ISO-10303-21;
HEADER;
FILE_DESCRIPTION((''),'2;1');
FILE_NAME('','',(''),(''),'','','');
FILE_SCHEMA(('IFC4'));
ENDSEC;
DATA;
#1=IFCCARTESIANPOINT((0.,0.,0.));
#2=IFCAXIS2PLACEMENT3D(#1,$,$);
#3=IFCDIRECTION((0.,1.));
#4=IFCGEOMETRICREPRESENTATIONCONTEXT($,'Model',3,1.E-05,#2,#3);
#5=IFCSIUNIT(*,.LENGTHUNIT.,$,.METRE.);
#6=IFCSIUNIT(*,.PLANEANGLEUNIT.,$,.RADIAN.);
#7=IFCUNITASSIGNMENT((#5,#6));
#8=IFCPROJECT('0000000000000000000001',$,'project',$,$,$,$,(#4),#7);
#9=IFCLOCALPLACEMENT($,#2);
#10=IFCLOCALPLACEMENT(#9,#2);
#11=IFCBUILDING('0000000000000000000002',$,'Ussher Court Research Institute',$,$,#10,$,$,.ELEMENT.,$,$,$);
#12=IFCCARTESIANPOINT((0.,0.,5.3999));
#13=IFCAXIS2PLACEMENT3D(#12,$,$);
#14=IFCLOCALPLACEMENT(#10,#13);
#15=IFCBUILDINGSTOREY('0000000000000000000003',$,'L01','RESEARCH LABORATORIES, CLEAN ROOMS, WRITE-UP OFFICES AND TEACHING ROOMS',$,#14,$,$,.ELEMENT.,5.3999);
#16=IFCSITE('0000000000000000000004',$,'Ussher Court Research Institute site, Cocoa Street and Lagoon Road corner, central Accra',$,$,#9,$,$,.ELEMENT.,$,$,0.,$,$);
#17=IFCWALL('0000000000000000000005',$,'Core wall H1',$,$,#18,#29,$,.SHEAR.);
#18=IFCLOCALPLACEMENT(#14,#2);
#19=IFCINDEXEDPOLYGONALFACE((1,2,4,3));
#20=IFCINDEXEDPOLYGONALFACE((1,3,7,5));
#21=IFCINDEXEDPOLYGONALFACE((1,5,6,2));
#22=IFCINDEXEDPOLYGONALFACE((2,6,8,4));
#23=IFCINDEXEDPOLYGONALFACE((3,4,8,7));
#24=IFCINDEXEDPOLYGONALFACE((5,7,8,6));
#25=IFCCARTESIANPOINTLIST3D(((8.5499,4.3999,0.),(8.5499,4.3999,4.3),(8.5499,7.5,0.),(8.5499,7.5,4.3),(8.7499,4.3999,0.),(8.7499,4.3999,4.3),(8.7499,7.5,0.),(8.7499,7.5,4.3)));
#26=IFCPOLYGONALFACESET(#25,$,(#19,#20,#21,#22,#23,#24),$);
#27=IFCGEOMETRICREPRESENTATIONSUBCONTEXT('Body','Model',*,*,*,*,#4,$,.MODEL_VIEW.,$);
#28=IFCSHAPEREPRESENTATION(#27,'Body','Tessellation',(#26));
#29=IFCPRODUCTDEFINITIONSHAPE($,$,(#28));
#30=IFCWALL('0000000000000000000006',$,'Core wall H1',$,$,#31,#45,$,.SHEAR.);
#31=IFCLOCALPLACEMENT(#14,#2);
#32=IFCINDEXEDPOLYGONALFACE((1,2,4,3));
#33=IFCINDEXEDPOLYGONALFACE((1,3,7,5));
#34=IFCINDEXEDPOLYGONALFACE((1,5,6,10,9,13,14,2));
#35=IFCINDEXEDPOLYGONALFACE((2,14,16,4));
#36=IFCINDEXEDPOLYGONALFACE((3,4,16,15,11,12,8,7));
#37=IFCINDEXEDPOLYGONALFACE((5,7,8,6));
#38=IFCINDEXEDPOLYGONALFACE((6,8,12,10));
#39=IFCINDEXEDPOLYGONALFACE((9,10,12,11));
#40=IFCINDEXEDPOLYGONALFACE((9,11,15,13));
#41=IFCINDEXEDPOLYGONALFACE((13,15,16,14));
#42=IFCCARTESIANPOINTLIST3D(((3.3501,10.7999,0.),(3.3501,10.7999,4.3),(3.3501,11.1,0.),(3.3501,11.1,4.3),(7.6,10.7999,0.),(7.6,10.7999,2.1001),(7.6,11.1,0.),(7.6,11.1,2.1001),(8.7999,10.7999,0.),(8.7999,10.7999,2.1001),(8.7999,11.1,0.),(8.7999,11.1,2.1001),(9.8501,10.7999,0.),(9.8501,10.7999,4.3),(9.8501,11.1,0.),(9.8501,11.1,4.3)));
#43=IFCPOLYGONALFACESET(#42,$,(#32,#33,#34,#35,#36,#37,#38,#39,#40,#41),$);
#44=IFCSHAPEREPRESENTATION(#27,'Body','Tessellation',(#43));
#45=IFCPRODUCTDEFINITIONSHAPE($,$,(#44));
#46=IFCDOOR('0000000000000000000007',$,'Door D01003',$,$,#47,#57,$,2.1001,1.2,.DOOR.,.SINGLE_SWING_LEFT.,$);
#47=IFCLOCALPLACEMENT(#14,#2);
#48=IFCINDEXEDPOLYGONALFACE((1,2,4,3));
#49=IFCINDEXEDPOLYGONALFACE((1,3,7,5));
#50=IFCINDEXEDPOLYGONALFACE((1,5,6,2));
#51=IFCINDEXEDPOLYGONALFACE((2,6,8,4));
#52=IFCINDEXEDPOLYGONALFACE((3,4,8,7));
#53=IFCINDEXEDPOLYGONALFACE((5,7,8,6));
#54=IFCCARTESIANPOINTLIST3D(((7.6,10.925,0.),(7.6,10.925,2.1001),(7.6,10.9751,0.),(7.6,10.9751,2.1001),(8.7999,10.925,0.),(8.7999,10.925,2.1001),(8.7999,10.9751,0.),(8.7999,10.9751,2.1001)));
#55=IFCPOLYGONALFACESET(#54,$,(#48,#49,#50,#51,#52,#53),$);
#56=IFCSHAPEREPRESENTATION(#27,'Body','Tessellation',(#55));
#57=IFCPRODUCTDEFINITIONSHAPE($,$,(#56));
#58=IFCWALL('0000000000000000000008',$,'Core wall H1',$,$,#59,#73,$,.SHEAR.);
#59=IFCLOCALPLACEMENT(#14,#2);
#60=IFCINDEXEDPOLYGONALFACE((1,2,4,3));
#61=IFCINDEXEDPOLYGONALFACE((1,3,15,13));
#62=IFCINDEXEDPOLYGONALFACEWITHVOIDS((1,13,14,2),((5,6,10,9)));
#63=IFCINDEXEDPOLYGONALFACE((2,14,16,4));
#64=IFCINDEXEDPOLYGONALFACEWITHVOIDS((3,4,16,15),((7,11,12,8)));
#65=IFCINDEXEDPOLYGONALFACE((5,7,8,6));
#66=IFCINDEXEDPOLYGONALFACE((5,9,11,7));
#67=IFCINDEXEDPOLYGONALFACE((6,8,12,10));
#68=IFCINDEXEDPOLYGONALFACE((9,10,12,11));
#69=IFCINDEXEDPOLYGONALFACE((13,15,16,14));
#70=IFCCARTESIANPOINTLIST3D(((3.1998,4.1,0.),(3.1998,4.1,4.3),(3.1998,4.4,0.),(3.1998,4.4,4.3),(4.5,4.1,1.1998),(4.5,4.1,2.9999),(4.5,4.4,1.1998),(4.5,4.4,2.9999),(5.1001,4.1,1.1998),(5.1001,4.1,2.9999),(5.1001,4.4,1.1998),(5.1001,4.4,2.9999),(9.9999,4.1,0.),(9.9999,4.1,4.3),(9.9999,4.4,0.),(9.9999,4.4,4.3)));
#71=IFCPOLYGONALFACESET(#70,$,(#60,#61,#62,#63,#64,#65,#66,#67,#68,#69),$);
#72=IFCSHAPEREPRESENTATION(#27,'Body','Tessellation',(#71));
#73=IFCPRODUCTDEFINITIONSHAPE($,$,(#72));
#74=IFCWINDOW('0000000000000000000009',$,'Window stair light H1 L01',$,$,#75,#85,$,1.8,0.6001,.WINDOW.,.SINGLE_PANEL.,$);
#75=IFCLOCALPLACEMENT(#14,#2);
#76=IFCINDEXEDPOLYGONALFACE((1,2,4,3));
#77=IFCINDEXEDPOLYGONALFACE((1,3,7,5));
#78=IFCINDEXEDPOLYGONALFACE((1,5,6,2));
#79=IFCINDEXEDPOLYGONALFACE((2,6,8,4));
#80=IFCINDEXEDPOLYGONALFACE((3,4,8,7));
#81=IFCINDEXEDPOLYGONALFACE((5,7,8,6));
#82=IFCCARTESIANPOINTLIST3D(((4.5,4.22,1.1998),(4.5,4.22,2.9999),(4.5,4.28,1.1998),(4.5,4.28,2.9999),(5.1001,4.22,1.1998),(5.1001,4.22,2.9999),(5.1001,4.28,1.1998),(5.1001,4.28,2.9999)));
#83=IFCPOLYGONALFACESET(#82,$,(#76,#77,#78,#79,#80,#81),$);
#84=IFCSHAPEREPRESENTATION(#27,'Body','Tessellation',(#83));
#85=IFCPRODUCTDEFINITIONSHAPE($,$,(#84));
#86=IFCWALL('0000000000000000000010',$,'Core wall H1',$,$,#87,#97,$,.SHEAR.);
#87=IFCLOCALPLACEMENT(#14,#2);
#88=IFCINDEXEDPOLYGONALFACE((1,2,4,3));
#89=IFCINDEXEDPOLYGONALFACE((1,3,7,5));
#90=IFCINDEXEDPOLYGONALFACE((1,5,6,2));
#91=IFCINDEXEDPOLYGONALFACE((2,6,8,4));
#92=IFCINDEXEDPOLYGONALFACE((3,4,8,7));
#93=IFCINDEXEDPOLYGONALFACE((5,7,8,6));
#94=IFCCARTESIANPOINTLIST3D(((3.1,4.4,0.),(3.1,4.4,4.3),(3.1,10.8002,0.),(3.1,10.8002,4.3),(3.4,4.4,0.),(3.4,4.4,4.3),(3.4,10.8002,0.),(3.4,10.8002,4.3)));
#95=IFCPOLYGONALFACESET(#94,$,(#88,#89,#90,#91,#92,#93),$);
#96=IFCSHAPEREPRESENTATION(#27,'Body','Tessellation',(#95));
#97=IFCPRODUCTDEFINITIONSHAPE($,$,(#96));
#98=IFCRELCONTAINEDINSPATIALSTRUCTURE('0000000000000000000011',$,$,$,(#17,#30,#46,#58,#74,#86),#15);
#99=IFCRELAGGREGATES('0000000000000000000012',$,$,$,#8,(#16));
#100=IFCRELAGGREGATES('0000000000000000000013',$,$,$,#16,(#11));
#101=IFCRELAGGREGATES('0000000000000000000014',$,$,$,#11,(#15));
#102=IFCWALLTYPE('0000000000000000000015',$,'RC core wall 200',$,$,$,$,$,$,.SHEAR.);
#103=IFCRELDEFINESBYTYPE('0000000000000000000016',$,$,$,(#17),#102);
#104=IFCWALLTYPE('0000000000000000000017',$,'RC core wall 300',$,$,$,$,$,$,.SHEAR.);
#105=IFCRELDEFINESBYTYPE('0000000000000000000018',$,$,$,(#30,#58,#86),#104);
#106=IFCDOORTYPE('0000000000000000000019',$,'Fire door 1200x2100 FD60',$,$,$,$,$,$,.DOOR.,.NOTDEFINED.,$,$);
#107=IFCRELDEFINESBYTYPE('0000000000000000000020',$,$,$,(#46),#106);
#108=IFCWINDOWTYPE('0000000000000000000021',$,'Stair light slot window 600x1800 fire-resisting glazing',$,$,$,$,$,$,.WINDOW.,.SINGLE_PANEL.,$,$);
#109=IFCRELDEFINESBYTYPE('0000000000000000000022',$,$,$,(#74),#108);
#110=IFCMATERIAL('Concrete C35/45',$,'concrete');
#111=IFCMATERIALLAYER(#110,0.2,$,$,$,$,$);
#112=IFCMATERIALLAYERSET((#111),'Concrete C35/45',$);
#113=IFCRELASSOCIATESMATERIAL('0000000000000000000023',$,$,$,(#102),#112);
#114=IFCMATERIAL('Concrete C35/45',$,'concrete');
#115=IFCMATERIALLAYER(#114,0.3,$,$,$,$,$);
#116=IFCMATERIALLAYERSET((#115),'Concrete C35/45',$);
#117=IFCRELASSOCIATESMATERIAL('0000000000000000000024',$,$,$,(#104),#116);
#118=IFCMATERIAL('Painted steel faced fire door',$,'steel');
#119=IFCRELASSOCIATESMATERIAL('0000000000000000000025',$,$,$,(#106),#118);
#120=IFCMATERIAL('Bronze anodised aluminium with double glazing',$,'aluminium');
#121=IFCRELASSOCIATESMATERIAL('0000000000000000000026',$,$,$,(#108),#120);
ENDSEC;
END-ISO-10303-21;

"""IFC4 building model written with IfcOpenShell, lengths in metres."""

from ifc_helpers import new_model, si_unit, direction, frame, frame_2d, origin, place, context, subcontext, project, spatial, rectangle, extrude, material, layer, layer_set, type_object, element, fill, save


model = new_model("IFC4")

# Units and contexts
model_context = context("Model", 3, precision=1e-05, world=origin(), true_north=direction((0.0, 1.0)))
body_context = subcontext(model_context, "Body", "Model", "MODEL_VIEW")
ifc_project = project(units=[si_unit("LENGTHUNIT", "METRE"), si_unit("PLANEANGLEUNIT", "RADIAN")], contexts=[model_context])

# Site, building, storey
site_placement = place(None, origin())
site = spatial("IfcSite", under=ifc_project, at=site_placement, Name="Ussher Court Research Institute site, Cocoa Street and Lagoon Road corner, central Accra", CompositionType="ELEMENT", RefElevation=0.0)
building_placement = place(site_placement, origin())
building = spatial("IfcBuilding", under=site, at=building_placement, Name="Ussher Court Research Institute", CompositionType="ELEMENT")
storey_placement = place(building_placement, frame((0.0, 0.0, 5.3999)))
storey = spatial("IfcBuildingStorey", under=building, at=storey_placement, Name="L01", Description="RESEARCH LABORATORIES, CLEAN ROOMS, WRITE-UP OFFICES AND TEACHING ROOMS", CompositionType="ELEMENT", Elevation=5.3999)

# Shared definitions
ifc_material_1 = material(Name="Concrete C35/45", Category="concrete")
ifc_layer_1 = layer(ifc_material_1, 0.2)
ifc_layer_set_1 = layer_set([ifc_layer_1], Name="Concrete C35/45")
wall_type_1 = type_object("IfcWallType", Name="RC core wall 200", PredefinedType="SHEAR", material=ifc_layer_set_1)

# Wall
wall_1_placement = place(storey_placement, frame((8.6499, 4.3999, 0.0), z_axis=(0.0, 0.0, 1.0), x_axis=(0.0, 1.0, 0.0)))
element("IfcWall", 1, at=wall_1_placement, inside=storey, type_object=wall_type_1, Name="Core wall H1", PredefinedType="SHEAR", context=body_context, shape_type="SweptSolid", body=[
    extrude(rectangle(XDim=3.1001, YDim=0.2, at=frame_2d((1.55, 0.0))), origin(), (0.0, 0.0, 1.0), 4.3),
])

# Wall, opening, door
ifc_material_2 = material(Name="Concrete C35/45", Category="concrete")
ifc_layer_2 = layer(ifc_material_2, 0.3)
ifc_layer_set_2 = layer_set([ifc_layer_2], Name="Concrete C35/45")
wall_type_2 = type_object("IfcWallType", Name="RC core wall 300", PredefinedType="SHEAR", material=ifc_layer_set_2)
wall_2_placement = place(storey_placement, frame((9.8501, 10.95, 0.0), z_axis=(0.0, 0.0, 1.0), x_axis=(-1.0, 0.0, 0.0)))
wall_2 = element("IfcWall", 2, at=wall_2_placement, inside=storey, type_object=wall_type_2, Name="Core wall H1", PredefinedType="SHEAR", context=body_context, shape_type="SweptSolid", body=[
    extrude(rectangle(XDim=6.5, YDim=0.3, at=frame_2d((3.25, 0.0))), origin(), (0.0, 0.0, 1.0), 4.3),
])
opening_1_placement = place(wall_2_placement, frame((1.05, 0.0, 0.0)))
opening_1 = element("IfcOpeningElement", 3, at=opening_1_placement, cuts=wall_2, PredefinedType="OPENING", context=body_context, shape_type="SweptSolid", body=[
    extrude(rectangle(XDim=1.2, YDim=2.1001, at=frame_2d((0.6001, 1.05))), frame((0.0, 0.1602, 0.0), z_axis=(0.0, -1.0, 0.0), x_axis=(1.0, 0.0, 0.0)), (0.0, 0.0, 1.0), 0.3201),
])
ifc_material_3 = material(Name="Painted steel faced fire door", Category="steel")
door_type_1 = type_object("IfcDoorType", Name="Fire door 1200x2100 FD60", OperationType="NOTDEFINED", PredefinedType="DOOR", material=ifc_material_3)
door_1_placement = place(opening_1_placement, origin())
door_1 = element("IfcDoor", 4, at=door_1_placement, inside=storey, type_object=door_type_1, Name="Door D01003", OperationType="SINGLE_SWING_LEFT", OverallHeight=2.1001, OverallWidth=1.2, PredefinedType="DOOR", context=body_context, shape_type="SweptSolid", body=[
    extrude(rectangle(XDim=1.2, YDim=2.1001, at=frame_2d((0.6001, 1.05))), frame((0.0, 0.0249, 0.0), z_axis=(0.0, -1.0, 0.0), x_axis=(1.0, 0.0, 0.0)), (0.0, 0.0, 1.0), 0.05),
])
fill(opening_1, door_1)

# Wall, opening, window
wall_3_placement = place(storey_placement, frame((3.2, 4.25, 0.0), z_axis=(0.0, 0.0, 1.0), x_axis=(1.0, 0.0, 0.0)))
wall_3 = element("IfcWall", 5, at=wall_3_placement, inside=storey, type_object=wall_type_2, Name="Core wall H1", PredefinedType="SHEAR", context=body_context, shape_type="SweptSolid", body=[
    extrude(rectangle(XDim=6.8, YDim=0.3, at=frame_2d((3.3999, 0.0))), origin(), (0.0, 0.0, 1.0), 4.3),
])
opening_2_placement = place(wall_3_placement, frame((1.3, 0.0, 1.2)))
opening_2 = element("IfcOpeningElement", 6, at=opening_2_placement, cuts=wall_3, PredefinedType="OPENING", context=body_context, shape_type="SweptSolid", body=[
    extrude(rectangle(XDim=0.6001, YDim=1.8, at=frame_2d((0.3, 0.8999))), frame((0.0, 0.1602, 0.0), z_axis=(0.0, -1.0, 0.0), x_axis=(1.0, 0.0, 0.0)), (0.0, 0.0, 1.0), 0.3201),
])
ifc_material_4 = material(Name="Bronze anodised aluminium with double glazing", Category="aluminium")
window_type = type_object("IfcWindowType", Name="Stair light slot window 600x1800 fire-resisting glazing", PartitioningType="SINGLE_PANEL", PredefinedType="WINDOW", material=ifc_material_4)
window_placement = place(opening_2_placement, origin())
window = element("IfcWindow", 7, at=window_placement, inside=storey, type_object=window_type, Name="Window stair light H1 L01", OverallHeight=1.8, OverallWidth=0.6001, PartitioningType="SINGLE_PANEL", PredefinedType="WINDOW", context=body_context, shape_type="SweptSolid", body=[
    extrude(rectangle(XDim=0.6001, YDim=1.8, at=frame_2d((0.3, 0.8999))), frame((0.0, 0.03, 0.0), z_axis=(0.0, -1.0, 0.0), x_axis=(1.0, 0.0, 0.0)), (0.0, 0.0, 1.0), 0.0601),
])
fill(opening_2, window)

# Wall
wall_4_placement = place(storey_placement, frame((3.25, 4.3999, 0.0), z_axis=(0.0, 0.0, 1.0), x_axis=(0.0, 1.0, 0.0)))
element("IfcWall", 8, at=wall_4_placement, inside=storey, type_object=wall_type_2, Name="Core wall H1", PredefinedType="SHEAR", context=body_context, shape_type="SweptSolid", body=[
    extrude(rectangle(XDim=6.4001, YDim=0.3, at=frame_2d((3.2002, 0.0))), origin(), (0.0, 0.0, 1.0), 4.3),
])

save(model, "model.ifc")
